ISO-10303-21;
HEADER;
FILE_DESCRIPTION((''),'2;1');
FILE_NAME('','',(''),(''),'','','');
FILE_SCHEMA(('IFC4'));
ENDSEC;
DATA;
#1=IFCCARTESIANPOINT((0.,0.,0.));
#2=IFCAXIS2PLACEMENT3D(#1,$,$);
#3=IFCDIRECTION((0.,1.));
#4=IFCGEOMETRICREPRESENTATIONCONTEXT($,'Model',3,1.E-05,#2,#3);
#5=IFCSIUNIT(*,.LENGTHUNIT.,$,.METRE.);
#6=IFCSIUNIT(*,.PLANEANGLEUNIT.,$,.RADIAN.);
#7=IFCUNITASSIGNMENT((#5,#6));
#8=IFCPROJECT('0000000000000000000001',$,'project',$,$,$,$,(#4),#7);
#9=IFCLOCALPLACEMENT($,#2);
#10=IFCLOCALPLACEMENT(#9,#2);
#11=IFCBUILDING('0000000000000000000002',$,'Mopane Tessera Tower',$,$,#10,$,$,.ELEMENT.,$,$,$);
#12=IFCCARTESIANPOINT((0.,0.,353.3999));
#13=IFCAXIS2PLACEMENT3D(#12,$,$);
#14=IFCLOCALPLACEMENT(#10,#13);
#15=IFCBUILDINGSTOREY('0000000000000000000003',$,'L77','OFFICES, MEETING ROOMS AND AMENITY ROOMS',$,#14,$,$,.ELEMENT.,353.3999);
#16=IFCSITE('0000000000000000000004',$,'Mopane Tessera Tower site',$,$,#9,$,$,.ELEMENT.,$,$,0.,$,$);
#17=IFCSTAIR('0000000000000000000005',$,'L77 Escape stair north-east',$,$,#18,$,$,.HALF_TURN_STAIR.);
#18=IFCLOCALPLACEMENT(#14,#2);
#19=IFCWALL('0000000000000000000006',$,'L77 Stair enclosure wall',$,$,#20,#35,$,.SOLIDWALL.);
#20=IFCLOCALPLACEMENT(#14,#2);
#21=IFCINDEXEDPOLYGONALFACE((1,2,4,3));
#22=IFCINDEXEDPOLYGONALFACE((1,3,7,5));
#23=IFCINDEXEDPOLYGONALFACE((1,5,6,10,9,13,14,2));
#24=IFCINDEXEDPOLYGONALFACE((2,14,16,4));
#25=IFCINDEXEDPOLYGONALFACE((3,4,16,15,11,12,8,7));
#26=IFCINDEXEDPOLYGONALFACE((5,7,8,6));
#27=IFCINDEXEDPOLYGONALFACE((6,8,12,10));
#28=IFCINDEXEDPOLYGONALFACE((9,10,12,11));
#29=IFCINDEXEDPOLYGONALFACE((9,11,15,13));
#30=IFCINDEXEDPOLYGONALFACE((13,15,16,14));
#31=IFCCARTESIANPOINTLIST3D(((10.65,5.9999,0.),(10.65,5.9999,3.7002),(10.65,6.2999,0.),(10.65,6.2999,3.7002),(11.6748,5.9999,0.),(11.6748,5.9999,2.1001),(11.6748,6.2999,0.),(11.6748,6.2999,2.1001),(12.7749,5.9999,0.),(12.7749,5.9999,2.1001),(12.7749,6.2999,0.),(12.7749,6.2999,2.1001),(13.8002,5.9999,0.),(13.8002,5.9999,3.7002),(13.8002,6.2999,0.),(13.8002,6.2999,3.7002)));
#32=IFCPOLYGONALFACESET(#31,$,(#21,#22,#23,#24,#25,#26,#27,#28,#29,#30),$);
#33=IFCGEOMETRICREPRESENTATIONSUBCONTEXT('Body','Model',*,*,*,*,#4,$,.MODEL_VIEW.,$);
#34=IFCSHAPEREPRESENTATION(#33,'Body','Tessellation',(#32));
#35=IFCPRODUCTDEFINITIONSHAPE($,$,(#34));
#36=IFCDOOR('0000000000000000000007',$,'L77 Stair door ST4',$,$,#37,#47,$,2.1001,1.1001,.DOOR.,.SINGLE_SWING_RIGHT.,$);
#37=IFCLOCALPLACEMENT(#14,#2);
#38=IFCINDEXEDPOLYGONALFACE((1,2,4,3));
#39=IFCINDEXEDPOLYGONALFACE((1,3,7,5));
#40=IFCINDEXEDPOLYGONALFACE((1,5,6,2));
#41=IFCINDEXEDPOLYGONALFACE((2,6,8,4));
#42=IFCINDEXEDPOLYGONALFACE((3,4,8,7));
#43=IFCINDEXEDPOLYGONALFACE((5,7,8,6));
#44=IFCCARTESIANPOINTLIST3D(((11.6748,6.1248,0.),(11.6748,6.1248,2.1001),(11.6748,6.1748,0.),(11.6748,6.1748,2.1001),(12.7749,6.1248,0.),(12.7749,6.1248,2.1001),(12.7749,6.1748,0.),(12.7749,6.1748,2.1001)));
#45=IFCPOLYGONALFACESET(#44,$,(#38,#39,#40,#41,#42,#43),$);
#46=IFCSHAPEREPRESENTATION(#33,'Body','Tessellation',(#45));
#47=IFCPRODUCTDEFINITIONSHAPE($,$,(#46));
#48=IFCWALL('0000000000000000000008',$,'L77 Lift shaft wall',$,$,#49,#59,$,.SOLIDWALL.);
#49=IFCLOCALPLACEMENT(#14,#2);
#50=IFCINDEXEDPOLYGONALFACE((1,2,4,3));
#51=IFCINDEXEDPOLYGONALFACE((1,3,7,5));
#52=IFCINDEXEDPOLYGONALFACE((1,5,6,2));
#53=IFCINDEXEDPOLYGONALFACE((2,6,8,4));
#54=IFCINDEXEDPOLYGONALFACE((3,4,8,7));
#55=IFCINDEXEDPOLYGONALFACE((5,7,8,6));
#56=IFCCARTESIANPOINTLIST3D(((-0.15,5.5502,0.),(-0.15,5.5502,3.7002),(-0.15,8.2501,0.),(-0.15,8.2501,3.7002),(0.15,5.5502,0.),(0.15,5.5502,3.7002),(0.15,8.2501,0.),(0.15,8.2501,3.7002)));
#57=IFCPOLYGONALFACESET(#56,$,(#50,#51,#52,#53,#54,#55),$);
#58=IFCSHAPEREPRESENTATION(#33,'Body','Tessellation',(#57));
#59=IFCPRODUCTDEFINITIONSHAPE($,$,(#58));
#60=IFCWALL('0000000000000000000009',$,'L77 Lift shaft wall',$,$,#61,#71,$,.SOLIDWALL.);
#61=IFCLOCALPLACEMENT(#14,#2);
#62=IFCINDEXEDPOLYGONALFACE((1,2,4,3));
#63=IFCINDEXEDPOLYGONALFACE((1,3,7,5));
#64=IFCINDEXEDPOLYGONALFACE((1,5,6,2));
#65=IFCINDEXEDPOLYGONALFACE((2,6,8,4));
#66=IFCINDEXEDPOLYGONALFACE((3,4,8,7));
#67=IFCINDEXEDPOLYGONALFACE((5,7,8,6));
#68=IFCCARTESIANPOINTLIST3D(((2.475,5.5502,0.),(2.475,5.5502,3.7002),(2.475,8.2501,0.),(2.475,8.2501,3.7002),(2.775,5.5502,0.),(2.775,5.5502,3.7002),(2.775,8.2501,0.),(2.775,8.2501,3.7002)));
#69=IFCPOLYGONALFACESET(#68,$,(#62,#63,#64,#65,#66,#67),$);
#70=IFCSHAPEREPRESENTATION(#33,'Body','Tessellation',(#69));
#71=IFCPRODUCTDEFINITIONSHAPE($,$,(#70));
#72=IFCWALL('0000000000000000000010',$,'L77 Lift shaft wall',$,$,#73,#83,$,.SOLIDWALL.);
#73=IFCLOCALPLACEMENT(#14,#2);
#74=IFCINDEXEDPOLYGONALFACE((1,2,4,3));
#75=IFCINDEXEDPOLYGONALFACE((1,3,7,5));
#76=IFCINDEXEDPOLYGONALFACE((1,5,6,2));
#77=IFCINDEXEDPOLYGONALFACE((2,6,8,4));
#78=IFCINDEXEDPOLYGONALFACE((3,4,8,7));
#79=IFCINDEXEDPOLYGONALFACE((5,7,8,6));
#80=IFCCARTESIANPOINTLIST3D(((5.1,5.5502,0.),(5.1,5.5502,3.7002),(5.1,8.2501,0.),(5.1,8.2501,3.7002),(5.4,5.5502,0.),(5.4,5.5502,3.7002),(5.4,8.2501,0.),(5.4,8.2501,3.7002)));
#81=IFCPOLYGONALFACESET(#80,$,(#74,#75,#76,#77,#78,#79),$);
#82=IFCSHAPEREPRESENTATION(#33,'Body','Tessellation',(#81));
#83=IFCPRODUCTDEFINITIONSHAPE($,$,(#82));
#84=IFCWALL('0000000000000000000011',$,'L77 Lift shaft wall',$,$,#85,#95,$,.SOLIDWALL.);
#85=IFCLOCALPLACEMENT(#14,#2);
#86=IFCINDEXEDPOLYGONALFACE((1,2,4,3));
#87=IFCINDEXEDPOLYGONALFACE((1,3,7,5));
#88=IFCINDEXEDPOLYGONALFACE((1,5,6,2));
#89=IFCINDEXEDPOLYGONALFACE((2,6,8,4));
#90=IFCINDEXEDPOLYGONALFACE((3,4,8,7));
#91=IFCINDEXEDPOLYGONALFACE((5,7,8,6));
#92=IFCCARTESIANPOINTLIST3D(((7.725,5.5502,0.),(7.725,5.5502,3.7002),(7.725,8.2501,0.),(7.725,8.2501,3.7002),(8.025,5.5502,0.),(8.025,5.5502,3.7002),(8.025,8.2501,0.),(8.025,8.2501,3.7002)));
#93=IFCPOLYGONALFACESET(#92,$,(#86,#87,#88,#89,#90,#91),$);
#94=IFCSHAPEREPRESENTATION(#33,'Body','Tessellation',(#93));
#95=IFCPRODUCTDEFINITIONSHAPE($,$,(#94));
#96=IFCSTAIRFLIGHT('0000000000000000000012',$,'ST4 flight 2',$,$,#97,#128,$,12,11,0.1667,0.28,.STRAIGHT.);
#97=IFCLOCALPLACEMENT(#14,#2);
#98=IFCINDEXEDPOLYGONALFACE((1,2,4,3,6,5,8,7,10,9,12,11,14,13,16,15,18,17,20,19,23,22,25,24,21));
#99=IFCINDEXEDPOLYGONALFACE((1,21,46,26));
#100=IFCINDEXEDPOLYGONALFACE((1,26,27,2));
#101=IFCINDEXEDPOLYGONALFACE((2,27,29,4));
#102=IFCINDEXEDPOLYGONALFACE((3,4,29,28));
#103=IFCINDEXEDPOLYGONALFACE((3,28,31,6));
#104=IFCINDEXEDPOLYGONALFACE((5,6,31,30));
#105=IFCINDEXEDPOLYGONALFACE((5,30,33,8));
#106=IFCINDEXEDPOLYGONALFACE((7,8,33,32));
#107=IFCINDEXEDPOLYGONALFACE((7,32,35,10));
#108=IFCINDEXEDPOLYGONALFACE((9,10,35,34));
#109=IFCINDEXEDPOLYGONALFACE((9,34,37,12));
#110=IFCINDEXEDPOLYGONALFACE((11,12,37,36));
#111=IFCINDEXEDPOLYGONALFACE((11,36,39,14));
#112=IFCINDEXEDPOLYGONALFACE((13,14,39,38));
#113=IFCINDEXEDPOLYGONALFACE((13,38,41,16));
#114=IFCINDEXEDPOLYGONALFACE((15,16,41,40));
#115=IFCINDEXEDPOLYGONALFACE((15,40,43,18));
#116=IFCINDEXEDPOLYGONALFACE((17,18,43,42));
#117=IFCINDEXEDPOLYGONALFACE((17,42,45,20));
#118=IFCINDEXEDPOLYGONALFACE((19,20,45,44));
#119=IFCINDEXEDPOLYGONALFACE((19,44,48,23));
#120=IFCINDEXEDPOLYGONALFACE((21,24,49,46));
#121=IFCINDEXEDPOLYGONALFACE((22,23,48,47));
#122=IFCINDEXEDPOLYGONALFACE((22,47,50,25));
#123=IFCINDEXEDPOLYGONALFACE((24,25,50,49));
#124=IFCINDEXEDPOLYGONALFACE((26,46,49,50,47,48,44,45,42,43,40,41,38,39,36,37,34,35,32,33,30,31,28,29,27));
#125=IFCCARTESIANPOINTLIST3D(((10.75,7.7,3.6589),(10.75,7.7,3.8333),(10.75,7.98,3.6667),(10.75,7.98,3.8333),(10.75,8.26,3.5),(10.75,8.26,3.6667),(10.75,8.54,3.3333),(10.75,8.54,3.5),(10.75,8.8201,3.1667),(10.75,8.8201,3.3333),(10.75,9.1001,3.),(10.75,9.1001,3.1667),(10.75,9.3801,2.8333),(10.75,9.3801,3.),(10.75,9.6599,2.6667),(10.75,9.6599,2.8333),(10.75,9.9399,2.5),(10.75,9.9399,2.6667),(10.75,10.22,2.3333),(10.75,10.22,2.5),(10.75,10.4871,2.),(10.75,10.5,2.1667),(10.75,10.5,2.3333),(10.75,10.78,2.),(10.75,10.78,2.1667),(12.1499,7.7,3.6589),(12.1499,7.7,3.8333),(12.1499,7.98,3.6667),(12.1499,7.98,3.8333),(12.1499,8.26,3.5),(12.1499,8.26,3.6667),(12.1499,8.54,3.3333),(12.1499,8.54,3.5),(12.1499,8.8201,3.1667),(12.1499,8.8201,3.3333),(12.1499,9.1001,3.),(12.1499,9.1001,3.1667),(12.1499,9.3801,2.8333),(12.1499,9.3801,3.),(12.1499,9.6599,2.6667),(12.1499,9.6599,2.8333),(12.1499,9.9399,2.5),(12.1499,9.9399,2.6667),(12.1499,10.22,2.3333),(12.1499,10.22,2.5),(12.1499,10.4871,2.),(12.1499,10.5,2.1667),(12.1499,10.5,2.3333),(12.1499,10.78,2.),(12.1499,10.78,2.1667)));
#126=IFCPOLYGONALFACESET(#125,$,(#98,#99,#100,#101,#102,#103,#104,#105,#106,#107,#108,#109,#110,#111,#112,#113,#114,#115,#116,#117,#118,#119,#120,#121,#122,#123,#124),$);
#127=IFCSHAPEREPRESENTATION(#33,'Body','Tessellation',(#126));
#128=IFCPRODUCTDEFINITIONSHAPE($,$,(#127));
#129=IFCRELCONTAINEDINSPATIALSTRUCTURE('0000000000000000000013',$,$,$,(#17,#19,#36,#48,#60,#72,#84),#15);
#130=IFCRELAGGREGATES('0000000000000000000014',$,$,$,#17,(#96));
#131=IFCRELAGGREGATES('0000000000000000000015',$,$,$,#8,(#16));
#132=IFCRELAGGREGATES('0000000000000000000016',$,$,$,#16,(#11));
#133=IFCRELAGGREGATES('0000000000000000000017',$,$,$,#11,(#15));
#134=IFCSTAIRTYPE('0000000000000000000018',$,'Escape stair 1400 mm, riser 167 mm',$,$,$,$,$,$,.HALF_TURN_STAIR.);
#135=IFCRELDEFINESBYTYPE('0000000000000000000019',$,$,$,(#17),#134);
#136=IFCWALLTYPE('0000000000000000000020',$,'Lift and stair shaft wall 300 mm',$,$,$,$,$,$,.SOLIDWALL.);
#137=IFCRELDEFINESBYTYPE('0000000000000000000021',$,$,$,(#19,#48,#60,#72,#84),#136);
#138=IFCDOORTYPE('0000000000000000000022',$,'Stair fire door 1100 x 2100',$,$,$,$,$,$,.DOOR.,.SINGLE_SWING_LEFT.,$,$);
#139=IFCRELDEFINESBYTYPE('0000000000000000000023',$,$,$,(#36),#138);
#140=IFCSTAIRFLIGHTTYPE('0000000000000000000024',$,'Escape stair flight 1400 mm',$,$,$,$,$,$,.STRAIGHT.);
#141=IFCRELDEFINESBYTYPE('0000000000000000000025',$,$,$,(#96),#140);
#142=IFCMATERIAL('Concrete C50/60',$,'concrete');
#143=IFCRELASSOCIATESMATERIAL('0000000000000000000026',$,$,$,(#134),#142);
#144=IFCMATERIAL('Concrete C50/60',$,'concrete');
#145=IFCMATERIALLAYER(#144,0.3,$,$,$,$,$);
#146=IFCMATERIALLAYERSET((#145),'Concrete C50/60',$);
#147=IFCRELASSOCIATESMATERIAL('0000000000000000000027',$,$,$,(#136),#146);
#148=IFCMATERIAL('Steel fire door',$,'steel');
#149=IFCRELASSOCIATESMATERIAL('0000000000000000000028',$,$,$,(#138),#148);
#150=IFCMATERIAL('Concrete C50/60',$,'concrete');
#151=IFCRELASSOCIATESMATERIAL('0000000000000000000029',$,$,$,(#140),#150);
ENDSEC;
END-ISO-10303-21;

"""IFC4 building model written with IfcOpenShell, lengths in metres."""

from ifc_helpers import new_model, si_unit, direction, frame, frame_2d, origin, place, context, subcontext, project, spatial, polyline, rectangle, outline, extrude, material, layer, layer_set, type_object, element, fill, aggregate, save


model = new_model("IFC4")

# Units and contexts
model_context = context("Model", 3, precision=1e-05, world=origin(), true_north=direction((0.0, 1.0)))
body_context = subcontext(model_context, "Body", "Model", "MODEL_VIEW")
ifc_project = project(units=[si_unit("LENGTHUNIT", "METRE"), si_unit("PLANEANGLEUNIT", "RADIAN")], contexts=[model_context])

# Site, building, storey
site_placement = place(None, origin())
site = spatial("IfcSite", under=ifc_project, at=site_placement, Name="Mopane Tessera Tower site", CompositionType="ELEMENT", RefElevation=0.0)
building_placement = place(site_placement, origin())
building = spatial("IfcBuilding", under=site, at=building_placement, Name="Mopane Tessera Tower", CompositionType="ELEMENT")
storey_placement = place(building_placement, frame((0.0, 0.0, 353.3999)))
storey = spatial("IfcBuildingStorey", under=building, at=storey_placement, Name="L77", Description="OFFICES, MEETING ROOMS AND AMENITY ROOMS", CompositionType="ELEMENT", Elevation=353.3999)

# Stair
ifc_material_1 = material(Name="Concrete C50/60", Category="concrete")
stair_type = type_object("IfcStairType", Name="Escape stair 1400 mm, riser 167 mm", PredefinedType="HALF_TURN_STAIR", material=ifc_material_1)
stair_1_placement = place(storey_placement, origin())
stair_1 = element("IfcStair", 1, at=stair_1_placement, inside=storey, type_object=stair_type, Name="L77 Escape stair north-east", PredefinedType="HALF_TURN_STAIR")

# Wall, opening, door
ifc_material_2 = material(Name="Concrete C50/60", Category="concrete")
ifc_layer_1 = layer(ifc_material_2, 0.3)
ifc_layer_set_1 = layer_set([ifc_layer_1], Name="Concrete C50/60")
wall_type_1 = type_object("IfcWallType", Name="Lift and stair shaft wall 300 mm", PredefinedType="SOLIDWALL", material=ifc_layer_set_1)
ifc_material_3 = material(Name="Steel fire door", Category="steel")
door_type = type_object("IfcDoorType", Name="Stair fire door 1100 x 2100", OperationType="SINGLE_SWING_LEFT", PredefinedType="DOOR", material=ifc_material_3)
wall_1_placement = place(storey_placement, frame((10.6499, 6.1499, 0.0), z_axis=(0.0, 0.0, 1.0), x_axis=(1.0, 0.0, 0.0)))
wall_1 = element("IfcWall", 2, at=wall_1_placement, inside=storey, type_object=wall_type_1, Name="L77 Stair enclosure wall", PredefinedType="SOLIDWALL", context=body_context, shape_type="SweptSolid", body=[
    extrude(rectangle(XDim=3.1501, YDim=0.3, at=frame_2d((1.5752, 0.0))), origin(), (0.0, 0.0, 1.0), 3.7002),
])
opening_1_placement = place(wall_1_placement, frame((1.0249, 0.0, 0.0)))
opening_1 = element("IfcOpeningElement", 3, at=opening_1_placement, cuts=wall_1, PredefinedType="OPENING", context=body_context, shape_type="SweptSolid", body=[
    extrude(rectangle(XDim=1.1001, YDim=2.1001, at=frame_2d((0.55, 1.05))), frame((0.0, 0.1621, 0.0), z_axis=(0.0, -1.0, 0.0), x_axis=(1.0, 0.0, 0.0)), (0.0, 0.0, 1.0), 0.324),
])
door_1_placement = place(opening_1_placement, origin())
door_1 = element("IfcDoor", 4, at=door_1_placement, inside=storey, type_object=door_type, Name="L77 Stair door ST4", OperationType="SINGLE_SWING_RIGHT", OverallHeight=2.1001, OverallWidth=1.1001, PredefinedType="DOOR", context=body_context, shape_type="SweptSolid", body=[
    extrude(rectangle(XDim=1.1001, YDim=2.1001, at=frame_2d((0.55, 1.05))), frame((0.0, 0.0249, 0.0), z_axis=(0.0, -1.0, 0.0), x_axis=(1.0, 0.0, 0.0)), (0.0, 0.0, 1.0), 0.05),
])
fill(opening_1, door_1)

# Walls
for number, where, z_axis, x_axis, name in (
    (5, (0.0, 5.55, 0.0), (0.0, 0.0, 1.0), (0.0, 1.0, 0.0), "L77 Lift shaft wall"),
    (6, (2.625, 5.55, 0.0), (0.0, 0.0, 1.0), (0.0, 1.0, 0.0), "L77 Lift shaft wall"),
    (7, (5.25, 5.55, 0.0), (0.0, 0.0, 1.0), (0.0, 1.0, 0.0), "L77 Lift shaft wall"),
    (8, (7.875, 5.55, 0.0), (0.0, 0.0, 1.0), (0.0, 1.0, 0.0), "L77 Lift shaft wall"),
):
    element("IfcWall", number, at=place(storey_placement, frame(where, z_axis=z_axis, x_axis=x_axis)), inside=storey, type_object=wall_type_1, Name=name, PredefinedType="SOLIDWALL", context=body_context, shape_type="SweptSolid", body=[
        extrude(rectangle(XDim=2.7, YDim=0.3, at=frame_2d((1.3501, 0.0))), origin(), (0.0, 0.0, 1.0), 3.7002),
    ])

# Stair flight
ifc_material_4 = material(Name="Concrete C50/60", Category="concrete")
stair_flight_type = type_object("IfcStairFlightType", Name="Escape stair flight 1400 mm", PredefinedType="STRAIGHT", material=ifc_material_4)
stair_flight_placement = place(storey_placement, frame((11.45, 10.78, 2.0), z_axis=(0.0, 0.0, 1.0), x_axis=(0.0, -1.0, 0.0)))
stair_flight = element("IfcStairFlight", 9, at=stair_flight_placement, type_object=stair_flight_type, Name="ST4 flight 2", NumberOfRisers=12, NumberOfTreads=11, PredefinedType="STRAIGHT", RiserHeight=0.1667, TreadLength=0.28, context=body_context, shape_type="SweptSolid", body=[
    extrude(outline(polyline([(0.0, 0.0), (0.0, 0.1667), (0.28, 0.1667), (0.28, 0.3333), (0.5601, 0.3333), (0.5601, 0.5), (0.8401, 0.5), (0.8401, 0.6667), (1.1201, 0.6667), (1.1201, 0.8333), (1.3999, 0.8333), (1.3999, 1.0), (1.6799, 1.0), (1.6799, 1.1667), (1.96, 1.1667), (1.96, 1.3333), (2.24, 1.3333), (2.24, 1.5), (2.52, 1.5), (2.52, 1.6667), (2.8, 1.6667), (2.8, 1.8333), (3.0801, 1.8333), (3.0801, 2.0), (3.0801, 1.6589), (0.293, 0.0), (0.0, 0.0)])), frame((0.0, 0.7, 0.0), z_axis=(0.0, -1.0, 0.0), x_axis=(1.0, 0.0, 0.0)), (0.0, 0.0, 1.0), 1.3999),
])
aggregate(stair_1, [stair_flight])

save(model, "model.ifc")
